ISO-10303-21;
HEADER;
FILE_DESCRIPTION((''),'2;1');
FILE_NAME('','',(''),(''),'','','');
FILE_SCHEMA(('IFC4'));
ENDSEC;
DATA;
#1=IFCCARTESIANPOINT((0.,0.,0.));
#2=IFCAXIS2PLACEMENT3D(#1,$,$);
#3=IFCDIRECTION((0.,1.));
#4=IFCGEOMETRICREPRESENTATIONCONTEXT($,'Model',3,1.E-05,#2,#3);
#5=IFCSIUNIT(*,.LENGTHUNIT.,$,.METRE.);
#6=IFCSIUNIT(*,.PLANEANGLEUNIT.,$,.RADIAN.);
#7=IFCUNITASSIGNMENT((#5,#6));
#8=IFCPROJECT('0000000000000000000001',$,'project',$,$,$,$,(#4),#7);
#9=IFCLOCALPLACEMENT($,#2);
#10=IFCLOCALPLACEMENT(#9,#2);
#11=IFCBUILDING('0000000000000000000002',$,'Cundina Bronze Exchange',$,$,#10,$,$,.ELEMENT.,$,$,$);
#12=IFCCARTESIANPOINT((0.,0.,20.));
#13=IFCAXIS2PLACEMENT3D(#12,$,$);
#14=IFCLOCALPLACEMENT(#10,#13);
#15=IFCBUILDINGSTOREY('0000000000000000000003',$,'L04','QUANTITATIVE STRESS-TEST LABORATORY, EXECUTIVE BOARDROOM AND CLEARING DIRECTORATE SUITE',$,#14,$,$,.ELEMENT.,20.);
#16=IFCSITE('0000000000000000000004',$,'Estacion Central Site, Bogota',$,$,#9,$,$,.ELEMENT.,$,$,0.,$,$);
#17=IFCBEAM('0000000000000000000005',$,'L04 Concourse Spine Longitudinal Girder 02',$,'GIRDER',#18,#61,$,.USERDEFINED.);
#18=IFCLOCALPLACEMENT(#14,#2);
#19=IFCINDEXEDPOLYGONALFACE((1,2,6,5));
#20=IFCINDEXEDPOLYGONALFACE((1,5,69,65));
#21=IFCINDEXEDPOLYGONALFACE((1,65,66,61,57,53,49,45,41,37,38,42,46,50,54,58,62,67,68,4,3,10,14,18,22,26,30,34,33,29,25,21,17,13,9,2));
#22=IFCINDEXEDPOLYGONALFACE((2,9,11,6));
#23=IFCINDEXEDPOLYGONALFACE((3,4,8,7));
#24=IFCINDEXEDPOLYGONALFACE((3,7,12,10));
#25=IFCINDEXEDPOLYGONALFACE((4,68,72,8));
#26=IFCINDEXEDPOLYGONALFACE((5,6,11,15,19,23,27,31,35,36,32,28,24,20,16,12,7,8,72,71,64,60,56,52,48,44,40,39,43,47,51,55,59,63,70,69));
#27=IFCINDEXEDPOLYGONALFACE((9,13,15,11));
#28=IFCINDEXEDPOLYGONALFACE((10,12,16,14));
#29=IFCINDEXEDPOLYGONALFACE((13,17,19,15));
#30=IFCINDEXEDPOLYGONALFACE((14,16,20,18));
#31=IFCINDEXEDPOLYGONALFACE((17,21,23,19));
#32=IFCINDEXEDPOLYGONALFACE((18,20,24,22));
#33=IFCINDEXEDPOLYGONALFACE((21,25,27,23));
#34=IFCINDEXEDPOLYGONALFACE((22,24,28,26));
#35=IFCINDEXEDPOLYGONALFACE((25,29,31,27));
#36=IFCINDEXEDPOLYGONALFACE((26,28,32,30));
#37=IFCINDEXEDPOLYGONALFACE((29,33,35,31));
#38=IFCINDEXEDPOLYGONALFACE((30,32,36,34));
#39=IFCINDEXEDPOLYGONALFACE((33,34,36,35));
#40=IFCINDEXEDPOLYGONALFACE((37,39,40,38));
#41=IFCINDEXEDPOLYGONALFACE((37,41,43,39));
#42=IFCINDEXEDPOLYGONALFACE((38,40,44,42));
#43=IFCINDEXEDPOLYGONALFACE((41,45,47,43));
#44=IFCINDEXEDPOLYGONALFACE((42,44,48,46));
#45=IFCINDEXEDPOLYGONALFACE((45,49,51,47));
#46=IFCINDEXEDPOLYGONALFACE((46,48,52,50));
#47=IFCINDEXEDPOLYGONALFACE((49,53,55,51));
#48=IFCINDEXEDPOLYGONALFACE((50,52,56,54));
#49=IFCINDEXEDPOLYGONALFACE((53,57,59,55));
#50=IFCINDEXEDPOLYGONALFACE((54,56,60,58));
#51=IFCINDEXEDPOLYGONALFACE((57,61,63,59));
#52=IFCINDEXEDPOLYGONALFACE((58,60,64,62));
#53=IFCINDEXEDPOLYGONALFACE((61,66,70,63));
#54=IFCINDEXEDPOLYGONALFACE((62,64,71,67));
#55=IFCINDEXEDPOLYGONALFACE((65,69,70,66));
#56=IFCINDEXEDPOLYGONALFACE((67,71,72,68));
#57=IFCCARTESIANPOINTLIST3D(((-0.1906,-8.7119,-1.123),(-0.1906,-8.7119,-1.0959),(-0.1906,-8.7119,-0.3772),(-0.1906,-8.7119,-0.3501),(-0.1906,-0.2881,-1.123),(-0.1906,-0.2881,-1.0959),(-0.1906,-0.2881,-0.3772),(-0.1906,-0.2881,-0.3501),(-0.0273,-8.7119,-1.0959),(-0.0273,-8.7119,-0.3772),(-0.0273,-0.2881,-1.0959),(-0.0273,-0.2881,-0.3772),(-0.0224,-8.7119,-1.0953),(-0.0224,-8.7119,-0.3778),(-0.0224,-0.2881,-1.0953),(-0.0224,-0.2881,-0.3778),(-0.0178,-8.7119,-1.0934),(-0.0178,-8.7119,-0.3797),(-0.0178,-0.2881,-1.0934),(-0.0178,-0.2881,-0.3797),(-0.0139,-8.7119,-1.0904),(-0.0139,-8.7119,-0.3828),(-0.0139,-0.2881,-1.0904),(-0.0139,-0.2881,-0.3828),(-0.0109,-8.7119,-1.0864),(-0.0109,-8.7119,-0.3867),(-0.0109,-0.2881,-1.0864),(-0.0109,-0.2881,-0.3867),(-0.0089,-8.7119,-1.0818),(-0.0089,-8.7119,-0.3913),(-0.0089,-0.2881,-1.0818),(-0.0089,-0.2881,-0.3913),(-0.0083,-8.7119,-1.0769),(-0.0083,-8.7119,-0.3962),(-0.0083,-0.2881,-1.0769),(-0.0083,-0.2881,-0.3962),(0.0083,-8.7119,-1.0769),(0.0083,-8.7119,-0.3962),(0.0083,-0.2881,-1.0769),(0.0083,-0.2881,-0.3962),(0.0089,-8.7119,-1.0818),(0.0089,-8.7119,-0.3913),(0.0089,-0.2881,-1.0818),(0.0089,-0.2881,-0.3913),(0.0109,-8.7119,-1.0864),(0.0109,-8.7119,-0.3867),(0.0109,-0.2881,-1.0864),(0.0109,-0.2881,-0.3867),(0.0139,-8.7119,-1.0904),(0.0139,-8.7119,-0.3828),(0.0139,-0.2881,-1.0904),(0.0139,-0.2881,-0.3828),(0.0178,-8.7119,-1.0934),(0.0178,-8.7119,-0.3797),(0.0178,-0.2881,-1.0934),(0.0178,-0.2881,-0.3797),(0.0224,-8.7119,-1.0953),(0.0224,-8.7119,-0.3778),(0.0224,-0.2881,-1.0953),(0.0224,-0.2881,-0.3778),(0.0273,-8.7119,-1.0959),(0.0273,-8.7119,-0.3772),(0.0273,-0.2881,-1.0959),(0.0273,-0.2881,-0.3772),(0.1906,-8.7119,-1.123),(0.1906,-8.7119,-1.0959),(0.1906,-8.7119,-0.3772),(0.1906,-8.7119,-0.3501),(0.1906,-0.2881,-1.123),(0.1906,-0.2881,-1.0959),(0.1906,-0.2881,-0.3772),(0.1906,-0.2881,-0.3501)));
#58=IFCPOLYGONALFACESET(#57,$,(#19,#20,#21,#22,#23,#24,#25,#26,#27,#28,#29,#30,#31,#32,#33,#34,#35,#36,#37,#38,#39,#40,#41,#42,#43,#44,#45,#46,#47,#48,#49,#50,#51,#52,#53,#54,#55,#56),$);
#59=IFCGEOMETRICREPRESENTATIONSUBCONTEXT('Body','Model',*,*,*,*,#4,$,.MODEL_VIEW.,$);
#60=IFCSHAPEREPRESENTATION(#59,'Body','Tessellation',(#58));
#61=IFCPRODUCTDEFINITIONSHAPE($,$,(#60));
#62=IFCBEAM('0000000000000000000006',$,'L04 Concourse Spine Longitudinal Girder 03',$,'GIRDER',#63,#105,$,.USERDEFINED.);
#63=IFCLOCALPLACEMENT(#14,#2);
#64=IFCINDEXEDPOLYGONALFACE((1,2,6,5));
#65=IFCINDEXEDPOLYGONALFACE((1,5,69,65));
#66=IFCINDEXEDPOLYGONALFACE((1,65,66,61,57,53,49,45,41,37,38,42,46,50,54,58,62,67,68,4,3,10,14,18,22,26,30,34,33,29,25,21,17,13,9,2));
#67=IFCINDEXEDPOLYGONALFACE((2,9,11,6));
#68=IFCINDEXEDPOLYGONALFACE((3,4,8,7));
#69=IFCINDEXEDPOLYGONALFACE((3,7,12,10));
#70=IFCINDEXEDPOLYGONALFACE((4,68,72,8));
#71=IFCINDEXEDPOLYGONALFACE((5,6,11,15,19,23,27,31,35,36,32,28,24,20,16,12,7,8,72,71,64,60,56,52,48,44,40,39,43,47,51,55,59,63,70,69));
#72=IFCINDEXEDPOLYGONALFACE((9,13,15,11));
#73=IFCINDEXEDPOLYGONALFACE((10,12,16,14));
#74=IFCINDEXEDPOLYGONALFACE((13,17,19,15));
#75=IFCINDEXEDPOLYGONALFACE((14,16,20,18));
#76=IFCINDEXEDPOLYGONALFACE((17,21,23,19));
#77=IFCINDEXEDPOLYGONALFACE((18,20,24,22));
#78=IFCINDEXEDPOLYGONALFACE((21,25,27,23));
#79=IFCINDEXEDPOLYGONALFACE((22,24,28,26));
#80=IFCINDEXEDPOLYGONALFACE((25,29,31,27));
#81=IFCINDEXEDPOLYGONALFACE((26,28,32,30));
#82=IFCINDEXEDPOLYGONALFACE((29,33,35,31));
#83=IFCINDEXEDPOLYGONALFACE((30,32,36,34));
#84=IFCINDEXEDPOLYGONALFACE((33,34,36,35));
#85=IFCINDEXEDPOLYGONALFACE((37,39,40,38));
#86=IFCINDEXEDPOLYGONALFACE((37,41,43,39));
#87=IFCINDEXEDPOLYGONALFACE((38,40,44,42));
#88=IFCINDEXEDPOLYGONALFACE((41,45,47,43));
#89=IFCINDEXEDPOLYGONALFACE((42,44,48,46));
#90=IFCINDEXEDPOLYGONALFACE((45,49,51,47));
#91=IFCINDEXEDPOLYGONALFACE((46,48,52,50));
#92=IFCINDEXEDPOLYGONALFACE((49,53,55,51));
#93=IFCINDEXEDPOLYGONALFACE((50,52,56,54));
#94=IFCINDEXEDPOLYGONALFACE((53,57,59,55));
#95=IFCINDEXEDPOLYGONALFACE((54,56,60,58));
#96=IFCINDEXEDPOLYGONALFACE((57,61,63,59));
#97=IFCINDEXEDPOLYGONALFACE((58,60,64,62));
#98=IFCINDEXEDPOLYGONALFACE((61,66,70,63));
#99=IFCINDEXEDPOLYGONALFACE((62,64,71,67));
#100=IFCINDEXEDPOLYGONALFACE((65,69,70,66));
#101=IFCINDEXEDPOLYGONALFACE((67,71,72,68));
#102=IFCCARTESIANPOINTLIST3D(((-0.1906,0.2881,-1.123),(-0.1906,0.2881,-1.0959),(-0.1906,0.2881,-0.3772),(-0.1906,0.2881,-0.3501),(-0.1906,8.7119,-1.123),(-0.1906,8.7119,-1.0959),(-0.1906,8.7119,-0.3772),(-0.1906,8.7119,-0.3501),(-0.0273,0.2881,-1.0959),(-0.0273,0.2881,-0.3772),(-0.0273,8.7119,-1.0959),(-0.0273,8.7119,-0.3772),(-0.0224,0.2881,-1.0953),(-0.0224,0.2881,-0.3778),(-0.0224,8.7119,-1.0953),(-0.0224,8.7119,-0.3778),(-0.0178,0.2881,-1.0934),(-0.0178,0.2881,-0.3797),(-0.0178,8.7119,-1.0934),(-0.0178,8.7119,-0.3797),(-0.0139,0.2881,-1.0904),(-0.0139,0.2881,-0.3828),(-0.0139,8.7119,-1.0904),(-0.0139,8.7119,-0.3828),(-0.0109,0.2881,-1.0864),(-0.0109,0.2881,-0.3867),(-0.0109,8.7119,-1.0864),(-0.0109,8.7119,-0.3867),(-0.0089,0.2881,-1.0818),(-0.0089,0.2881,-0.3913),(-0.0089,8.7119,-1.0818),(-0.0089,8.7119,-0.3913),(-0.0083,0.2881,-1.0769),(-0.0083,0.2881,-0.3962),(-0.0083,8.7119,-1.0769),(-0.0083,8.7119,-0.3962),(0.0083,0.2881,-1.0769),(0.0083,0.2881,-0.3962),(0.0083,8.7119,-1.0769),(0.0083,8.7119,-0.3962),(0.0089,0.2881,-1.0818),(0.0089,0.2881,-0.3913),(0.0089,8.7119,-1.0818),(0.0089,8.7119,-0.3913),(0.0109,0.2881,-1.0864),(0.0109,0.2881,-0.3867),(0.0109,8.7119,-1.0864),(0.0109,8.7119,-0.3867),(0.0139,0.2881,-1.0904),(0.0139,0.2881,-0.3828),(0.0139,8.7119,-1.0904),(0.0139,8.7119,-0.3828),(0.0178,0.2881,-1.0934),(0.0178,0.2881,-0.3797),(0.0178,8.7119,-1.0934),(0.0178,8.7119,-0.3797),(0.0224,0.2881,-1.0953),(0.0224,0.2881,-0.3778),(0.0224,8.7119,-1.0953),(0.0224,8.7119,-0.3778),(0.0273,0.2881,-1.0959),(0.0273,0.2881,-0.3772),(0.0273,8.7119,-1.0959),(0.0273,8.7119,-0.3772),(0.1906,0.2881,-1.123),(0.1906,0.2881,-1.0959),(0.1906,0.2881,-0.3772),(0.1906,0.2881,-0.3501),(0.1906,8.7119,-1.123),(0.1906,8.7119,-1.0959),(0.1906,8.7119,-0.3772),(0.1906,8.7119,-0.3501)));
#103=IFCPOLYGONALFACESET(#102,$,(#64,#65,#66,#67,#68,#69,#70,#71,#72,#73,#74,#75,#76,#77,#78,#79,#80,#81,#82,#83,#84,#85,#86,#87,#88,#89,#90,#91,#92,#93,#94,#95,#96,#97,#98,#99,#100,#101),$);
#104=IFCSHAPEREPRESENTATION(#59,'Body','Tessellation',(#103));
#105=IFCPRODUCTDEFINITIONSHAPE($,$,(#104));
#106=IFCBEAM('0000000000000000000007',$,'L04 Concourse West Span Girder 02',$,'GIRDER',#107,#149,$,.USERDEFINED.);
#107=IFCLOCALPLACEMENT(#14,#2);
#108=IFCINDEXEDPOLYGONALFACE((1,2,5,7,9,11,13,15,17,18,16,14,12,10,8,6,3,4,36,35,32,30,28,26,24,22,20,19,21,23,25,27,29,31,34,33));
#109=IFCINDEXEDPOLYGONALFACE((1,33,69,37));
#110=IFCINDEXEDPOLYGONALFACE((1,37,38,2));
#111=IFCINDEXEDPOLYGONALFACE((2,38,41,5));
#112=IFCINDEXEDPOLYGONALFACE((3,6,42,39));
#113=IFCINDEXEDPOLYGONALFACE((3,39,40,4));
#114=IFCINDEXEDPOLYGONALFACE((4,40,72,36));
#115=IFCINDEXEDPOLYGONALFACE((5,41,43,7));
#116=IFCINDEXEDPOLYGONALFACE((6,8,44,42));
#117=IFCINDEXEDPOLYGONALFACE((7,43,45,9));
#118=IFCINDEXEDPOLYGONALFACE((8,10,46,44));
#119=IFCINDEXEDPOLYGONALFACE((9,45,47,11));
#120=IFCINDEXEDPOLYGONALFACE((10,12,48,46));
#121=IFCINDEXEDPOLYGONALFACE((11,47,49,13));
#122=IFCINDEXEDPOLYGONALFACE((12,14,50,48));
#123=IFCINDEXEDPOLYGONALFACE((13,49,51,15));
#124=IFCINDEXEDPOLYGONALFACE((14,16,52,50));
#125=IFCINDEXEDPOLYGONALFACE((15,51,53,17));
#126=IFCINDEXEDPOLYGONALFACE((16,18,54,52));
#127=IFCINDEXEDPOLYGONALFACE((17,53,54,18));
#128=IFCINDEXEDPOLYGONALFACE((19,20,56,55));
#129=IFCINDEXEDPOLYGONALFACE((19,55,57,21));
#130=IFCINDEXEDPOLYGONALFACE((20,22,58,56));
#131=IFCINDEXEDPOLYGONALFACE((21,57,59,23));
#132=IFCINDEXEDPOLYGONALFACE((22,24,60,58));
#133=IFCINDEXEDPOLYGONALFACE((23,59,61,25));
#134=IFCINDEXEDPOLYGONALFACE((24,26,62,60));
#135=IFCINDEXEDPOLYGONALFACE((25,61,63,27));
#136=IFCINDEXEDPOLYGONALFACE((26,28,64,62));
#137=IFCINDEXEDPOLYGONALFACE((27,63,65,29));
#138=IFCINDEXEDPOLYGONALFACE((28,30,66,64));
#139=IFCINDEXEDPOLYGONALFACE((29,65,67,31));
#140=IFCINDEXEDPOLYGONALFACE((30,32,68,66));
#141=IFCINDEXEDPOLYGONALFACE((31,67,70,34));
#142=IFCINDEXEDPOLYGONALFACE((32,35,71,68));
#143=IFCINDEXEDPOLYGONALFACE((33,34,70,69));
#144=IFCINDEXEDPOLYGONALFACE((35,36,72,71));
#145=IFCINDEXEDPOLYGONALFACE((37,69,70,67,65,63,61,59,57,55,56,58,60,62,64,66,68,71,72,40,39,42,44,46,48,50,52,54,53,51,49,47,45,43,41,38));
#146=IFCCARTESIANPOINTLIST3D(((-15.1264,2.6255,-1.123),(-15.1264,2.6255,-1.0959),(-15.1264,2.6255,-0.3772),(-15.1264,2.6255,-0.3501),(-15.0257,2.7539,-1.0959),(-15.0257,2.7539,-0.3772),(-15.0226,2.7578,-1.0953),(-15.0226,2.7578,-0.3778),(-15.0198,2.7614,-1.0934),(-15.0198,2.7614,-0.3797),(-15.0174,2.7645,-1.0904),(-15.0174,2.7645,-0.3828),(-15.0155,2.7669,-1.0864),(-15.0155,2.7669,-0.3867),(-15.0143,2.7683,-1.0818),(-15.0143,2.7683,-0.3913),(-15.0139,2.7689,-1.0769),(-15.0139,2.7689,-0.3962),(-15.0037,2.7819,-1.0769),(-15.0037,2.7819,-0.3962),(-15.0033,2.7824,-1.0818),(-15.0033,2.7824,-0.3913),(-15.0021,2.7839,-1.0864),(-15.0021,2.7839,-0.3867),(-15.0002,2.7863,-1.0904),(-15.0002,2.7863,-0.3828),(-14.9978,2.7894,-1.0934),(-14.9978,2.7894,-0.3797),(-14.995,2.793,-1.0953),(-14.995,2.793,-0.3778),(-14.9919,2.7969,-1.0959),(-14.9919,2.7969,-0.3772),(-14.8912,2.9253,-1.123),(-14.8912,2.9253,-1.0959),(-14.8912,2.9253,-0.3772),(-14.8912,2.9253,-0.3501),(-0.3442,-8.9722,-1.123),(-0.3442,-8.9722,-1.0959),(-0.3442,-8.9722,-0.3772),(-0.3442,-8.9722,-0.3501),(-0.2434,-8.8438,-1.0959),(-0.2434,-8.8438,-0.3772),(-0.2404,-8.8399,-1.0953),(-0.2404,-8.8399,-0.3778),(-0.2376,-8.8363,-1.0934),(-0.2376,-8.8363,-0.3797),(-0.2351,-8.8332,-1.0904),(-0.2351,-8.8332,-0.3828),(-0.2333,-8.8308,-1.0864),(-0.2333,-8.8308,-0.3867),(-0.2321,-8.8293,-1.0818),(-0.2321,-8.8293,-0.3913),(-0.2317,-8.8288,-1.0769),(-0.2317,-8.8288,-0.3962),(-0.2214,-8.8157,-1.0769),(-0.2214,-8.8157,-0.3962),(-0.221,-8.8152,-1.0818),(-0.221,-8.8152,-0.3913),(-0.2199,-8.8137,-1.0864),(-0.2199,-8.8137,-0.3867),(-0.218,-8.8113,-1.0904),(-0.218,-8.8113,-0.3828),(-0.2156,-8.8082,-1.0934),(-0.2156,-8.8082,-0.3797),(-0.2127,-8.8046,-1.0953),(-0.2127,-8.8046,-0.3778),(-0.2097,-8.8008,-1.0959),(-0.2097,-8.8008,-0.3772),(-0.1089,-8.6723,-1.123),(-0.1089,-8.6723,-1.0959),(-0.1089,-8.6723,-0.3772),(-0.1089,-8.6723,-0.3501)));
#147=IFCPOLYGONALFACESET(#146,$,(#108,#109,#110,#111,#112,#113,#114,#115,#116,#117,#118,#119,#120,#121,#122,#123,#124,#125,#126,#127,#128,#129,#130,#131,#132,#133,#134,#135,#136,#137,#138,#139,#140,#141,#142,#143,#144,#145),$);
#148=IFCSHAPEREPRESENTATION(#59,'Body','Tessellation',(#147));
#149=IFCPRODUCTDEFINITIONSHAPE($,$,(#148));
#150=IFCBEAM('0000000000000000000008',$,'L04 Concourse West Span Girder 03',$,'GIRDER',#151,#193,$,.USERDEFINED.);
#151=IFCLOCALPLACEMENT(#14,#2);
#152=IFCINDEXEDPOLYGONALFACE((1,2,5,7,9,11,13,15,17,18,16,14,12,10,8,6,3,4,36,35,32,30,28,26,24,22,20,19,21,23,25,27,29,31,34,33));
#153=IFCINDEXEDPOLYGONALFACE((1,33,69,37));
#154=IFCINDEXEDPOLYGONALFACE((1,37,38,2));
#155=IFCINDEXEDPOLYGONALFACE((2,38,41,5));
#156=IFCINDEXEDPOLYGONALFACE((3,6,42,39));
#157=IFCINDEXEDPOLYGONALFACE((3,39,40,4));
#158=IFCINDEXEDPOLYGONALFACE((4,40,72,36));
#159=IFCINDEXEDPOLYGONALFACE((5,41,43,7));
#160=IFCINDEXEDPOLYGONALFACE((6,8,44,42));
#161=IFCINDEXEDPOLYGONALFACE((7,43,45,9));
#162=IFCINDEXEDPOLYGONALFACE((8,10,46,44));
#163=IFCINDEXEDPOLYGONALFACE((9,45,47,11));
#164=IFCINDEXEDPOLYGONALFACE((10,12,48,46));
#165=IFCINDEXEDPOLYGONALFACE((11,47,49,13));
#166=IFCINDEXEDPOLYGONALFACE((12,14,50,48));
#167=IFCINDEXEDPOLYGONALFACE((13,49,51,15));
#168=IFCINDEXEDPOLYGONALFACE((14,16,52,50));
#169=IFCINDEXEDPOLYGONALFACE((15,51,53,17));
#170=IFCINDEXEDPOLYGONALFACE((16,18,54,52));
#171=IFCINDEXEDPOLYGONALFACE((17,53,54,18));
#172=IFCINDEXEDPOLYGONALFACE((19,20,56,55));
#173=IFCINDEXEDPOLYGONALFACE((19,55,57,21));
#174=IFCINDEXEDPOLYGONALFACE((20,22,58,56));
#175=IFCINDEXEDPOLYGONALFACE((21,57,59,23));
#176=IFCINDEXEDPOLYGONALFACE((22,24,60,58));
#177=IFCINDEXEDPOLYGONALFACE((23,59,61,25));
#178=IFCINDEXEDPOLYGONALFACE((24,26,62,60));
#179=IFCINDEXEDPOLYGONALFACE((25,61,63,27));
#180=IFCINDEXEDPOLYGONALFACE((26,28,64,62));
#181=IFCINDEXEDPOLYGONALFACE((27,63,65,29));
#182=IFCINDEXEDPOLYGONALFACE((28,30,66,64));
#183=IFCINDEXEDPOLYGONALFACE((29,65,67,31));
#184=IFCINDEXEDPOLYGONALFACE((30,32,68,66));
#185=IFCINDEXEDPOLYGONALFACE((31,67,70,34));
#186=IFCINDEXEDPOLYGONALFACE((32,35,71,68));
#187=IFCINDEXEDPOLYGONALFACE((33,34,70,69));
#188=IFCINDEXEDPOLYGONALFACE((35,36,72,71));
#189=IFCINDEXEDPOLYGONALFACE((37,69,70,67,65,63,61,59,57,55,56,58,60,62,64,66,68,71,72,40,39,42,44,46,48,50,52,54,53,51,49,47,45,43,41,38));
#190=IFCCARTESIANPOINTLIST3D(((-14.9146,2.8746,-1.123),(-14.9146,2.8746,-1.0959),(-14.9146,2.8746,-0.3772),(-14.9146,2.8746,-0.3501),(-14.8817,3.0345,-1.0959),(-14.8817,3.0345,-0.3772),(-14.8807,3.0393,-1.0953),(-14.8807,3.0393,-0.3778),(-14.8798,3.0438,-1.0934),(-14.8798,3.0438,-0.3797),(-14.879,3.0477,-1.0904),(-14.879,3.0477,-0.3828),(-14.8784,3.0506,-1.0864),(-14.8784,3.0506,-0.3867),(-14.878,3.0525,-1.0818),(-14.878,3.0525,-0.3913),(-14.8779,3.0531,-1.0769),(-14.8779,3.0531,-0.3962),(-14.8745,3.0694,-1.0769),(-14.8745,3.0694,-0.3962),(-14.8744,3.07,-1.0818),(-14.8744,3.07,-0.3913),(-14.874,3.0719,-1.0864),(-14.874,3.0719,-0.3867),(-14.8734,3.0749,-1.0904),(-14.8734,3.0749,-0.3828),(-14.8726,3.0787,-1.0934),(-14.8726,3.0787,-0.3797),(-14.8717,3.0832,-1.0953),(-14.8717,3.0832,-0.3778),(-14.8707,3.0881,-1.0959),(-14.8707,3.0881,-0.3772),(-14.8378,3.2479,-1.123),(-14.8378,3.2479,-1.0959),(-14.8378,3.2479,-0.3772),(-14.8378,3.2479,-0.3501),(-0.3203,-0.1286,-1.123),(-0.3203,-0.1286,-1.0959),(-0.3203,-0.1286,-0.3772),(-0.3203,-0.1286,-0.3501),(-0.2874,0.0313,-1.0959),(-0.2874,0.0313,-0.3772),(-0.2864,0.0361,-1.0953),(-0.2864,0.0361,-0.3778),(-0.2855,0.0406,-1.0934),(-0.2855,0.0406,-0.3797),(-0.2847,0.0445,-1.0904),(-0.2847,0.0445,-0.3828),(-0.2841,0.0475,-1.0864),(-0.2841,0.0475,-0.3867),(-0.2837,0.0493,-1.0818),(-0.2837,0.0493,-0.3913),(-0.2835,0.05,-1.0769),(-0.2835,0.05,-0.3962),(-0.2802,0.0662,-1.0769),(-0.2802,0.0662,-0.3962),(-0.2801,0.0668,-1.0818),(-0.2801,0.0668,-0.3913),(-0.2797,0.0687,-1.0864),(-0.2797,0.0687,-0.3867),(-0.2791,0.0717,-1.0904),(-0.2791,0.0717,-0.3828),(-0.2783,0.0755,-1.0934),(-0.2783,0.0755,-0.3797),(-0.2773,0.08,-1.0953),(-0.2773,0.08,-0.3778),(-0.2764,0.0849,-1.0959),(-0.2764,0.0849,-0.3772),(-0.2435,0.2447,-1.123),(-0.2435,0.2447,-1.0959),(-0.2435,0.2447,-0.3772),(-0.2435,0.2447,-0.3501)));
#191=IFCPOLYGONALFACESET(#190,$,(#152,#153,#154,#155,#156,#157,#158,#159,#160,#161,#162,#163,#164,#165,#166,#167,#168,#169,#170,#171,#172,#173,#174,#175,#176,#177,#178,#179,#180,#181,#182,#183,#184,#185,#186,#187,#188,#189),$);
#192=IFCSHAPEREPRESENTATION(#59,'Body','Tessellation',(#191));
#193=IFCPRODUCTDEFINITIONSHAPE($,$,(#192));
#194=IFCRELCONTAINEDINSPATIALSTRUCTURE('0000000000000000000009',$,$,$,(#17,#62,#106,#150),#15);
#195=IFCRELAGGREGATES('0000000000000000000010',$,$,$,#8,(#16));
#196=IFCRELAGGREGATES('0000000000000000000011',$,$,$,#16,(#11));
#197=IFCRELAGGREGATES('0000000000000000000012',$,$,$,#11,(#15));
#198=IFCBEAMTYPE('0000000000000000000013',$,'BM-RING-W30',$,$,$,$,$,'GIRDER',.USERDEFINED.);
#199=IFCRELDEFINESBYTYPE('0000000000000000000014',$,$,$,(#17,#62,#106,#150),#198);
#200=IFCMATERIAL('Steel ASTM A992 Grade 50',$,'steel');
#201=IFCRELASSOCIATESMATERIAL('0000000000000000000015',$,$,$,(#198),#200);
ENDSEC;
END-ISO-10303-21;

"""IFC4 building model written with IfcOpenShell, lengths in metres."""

from ifc_helpers import new_model, si_unit, direction, frame, origin, origin_2d, place, context, subcontext, project, spatial, i_section, extrude, material, material_profile, profile_set, type_object, element, save


model = new_model("IFC4")

# Units and contexts
model_context = context("Model", 3, precision=1e-05, world=origin(), true_north=direction((0.0, 1.0)))
body_context = subcontext(model_context, "Body", "Model", "MODEL_VIEW")
ifc_project = project(units=[si_unit("LENGTHUNIT", "METRE"), si_unit("PLANEANGLEUNIT", "RADIAN")], contexts=[model_context])

# Site, building, storey
site_placement = place(None, origin())
site = spatial("IfcSite", under=ifc_project, at=site_placement, Name="Estacion Central Site, Bogota", CompositionType="ELEMENT", RefElevation=0.0)
building_placement = place(site_placement, origin())
building = spatial("IfcBuilding", under=site, at=building_placement, Name="Cundina Bronze Exchange", CompositionType="ELEMENT")
storey_placement = place(building_placement, frame((0.0, 0.0, 20.0)))
storey = spatial("IfcBuildingStorey", under=building, at=storey_placement, Name="L04", Description="QUANTITATIVE STRESS-TEST LABORATORY, EXECUTIVE BOARDROOM AND CLEARING DIRECTORATE SUITE", CompositionType="ELEMENT", Elevation=20.0)

# Shared definitions
ifc_material_1 = material(Name="Steel ASTM A992 Grade 50", Category="steel")

# Beams
ifc_material_profile_1 = material_profile(ifc_material_1, i_section(OverallWidth=0.3811, OverallDepth=0.7729, WebThickness=0.0166, FlangeThickness=0.0271, FilletRadius=0.019, at=origin_2d()), Name="W30X173", Category="steel")
ifc_profile_set_1 = profile_set([ifc_material_profile_1], Name="Steel ASTM A992 Grade 50")
beam_type_1 = type_object("IfcBeamType", Name="BM-RING-W30", ElementType="GIRDER", PredefinedType="USERDEFINED", material=ifc_profile_set_1)
for number, where, z_axis, x_axis, name in (
    (1, (0.0, -8.7119, -0.7366), (0.0, 1.0, 0.0), (-1.0, 0.0, 0.0), "L04 Concourse Spine Longitudinal Girder 02"),
    (2, (0.0, 0.2881, -0.7366), (0.0, 1.0, 0.0), (-1.0, 0.0, 0.0), "L04 Concourse Spine Longitudinal Girder 03"),
):
    element("IfcBeam", number, at=place(storey_placement, frame(where, z_axis=z_axis, x_axis=x_axis)), inside=storey, type_object=beam_type_1, Name=name, ObjectType="GIRDER", PredefinedType="USERDEFINED", context=body_context, shape_type="SweptSolid", body=[
        extrude(i_section(OverallWidth=0.3811, OverallDepth=0.7729, WebThickness=0.0166, FlangeThickness=0.0271, FilletRadius=0.019, at=origin_2d()), origin(), (0.0, 0.0, 1.0), 8.4238),
    ])
beam_1_placement = place(storey_placement, frame((-15.0088, 2.7754, -0.7366), z_axis=(0.786756, -0.617264, 0.0), x_axis=(0.617264, 0.786756, 0.0)))
element("IfcBeam", 3, at=beam_1_placement, inside=storey, type_object=beam_type_1, Name="L04 Concourse West Span Girder 02", ObjectType="GIRDER", PredefinedType="USERDEFINED", context=body_context, shape_type="SweptSolid", body=[
    extrude(i_section(OverallWidth=0.3811, OverallDepth=0.7729, WebThickness=0.0166, FlangeThickness=0.0271, FilletRadius=0.019, at=origin_2d()), origin(), (0.0, 0.0, 1.0), 18.7888),
])
beam_2_placement = place(storey_placement, frame((-14.8762, 3.0613, -0.7366), z_axis=(0.979477, -0.201555, 0.0), x_axis=(0.201555, 0.979477, 0.0)))
element("IfcBeam", 4, at=beam_2_placement, inside=storey, type_object=beam_type_1, Name="L04 Concourse West Span Girder 03", ObjectType="GIRDER", PredefinedType="USERDEFINED", context=body_context, shape_type="SweptSolid", body=[
    extrude(i_section(OverallWidth=0.3811, OverallDepth=0.7729, WebThickness=0.0166, FlangeThickness=0.0271, FilletRadius=0.019, at=origin_2d()), origin(), (0.0, 0.0, 1.0), 14.9001),
])

save(model, "model.ifc")
